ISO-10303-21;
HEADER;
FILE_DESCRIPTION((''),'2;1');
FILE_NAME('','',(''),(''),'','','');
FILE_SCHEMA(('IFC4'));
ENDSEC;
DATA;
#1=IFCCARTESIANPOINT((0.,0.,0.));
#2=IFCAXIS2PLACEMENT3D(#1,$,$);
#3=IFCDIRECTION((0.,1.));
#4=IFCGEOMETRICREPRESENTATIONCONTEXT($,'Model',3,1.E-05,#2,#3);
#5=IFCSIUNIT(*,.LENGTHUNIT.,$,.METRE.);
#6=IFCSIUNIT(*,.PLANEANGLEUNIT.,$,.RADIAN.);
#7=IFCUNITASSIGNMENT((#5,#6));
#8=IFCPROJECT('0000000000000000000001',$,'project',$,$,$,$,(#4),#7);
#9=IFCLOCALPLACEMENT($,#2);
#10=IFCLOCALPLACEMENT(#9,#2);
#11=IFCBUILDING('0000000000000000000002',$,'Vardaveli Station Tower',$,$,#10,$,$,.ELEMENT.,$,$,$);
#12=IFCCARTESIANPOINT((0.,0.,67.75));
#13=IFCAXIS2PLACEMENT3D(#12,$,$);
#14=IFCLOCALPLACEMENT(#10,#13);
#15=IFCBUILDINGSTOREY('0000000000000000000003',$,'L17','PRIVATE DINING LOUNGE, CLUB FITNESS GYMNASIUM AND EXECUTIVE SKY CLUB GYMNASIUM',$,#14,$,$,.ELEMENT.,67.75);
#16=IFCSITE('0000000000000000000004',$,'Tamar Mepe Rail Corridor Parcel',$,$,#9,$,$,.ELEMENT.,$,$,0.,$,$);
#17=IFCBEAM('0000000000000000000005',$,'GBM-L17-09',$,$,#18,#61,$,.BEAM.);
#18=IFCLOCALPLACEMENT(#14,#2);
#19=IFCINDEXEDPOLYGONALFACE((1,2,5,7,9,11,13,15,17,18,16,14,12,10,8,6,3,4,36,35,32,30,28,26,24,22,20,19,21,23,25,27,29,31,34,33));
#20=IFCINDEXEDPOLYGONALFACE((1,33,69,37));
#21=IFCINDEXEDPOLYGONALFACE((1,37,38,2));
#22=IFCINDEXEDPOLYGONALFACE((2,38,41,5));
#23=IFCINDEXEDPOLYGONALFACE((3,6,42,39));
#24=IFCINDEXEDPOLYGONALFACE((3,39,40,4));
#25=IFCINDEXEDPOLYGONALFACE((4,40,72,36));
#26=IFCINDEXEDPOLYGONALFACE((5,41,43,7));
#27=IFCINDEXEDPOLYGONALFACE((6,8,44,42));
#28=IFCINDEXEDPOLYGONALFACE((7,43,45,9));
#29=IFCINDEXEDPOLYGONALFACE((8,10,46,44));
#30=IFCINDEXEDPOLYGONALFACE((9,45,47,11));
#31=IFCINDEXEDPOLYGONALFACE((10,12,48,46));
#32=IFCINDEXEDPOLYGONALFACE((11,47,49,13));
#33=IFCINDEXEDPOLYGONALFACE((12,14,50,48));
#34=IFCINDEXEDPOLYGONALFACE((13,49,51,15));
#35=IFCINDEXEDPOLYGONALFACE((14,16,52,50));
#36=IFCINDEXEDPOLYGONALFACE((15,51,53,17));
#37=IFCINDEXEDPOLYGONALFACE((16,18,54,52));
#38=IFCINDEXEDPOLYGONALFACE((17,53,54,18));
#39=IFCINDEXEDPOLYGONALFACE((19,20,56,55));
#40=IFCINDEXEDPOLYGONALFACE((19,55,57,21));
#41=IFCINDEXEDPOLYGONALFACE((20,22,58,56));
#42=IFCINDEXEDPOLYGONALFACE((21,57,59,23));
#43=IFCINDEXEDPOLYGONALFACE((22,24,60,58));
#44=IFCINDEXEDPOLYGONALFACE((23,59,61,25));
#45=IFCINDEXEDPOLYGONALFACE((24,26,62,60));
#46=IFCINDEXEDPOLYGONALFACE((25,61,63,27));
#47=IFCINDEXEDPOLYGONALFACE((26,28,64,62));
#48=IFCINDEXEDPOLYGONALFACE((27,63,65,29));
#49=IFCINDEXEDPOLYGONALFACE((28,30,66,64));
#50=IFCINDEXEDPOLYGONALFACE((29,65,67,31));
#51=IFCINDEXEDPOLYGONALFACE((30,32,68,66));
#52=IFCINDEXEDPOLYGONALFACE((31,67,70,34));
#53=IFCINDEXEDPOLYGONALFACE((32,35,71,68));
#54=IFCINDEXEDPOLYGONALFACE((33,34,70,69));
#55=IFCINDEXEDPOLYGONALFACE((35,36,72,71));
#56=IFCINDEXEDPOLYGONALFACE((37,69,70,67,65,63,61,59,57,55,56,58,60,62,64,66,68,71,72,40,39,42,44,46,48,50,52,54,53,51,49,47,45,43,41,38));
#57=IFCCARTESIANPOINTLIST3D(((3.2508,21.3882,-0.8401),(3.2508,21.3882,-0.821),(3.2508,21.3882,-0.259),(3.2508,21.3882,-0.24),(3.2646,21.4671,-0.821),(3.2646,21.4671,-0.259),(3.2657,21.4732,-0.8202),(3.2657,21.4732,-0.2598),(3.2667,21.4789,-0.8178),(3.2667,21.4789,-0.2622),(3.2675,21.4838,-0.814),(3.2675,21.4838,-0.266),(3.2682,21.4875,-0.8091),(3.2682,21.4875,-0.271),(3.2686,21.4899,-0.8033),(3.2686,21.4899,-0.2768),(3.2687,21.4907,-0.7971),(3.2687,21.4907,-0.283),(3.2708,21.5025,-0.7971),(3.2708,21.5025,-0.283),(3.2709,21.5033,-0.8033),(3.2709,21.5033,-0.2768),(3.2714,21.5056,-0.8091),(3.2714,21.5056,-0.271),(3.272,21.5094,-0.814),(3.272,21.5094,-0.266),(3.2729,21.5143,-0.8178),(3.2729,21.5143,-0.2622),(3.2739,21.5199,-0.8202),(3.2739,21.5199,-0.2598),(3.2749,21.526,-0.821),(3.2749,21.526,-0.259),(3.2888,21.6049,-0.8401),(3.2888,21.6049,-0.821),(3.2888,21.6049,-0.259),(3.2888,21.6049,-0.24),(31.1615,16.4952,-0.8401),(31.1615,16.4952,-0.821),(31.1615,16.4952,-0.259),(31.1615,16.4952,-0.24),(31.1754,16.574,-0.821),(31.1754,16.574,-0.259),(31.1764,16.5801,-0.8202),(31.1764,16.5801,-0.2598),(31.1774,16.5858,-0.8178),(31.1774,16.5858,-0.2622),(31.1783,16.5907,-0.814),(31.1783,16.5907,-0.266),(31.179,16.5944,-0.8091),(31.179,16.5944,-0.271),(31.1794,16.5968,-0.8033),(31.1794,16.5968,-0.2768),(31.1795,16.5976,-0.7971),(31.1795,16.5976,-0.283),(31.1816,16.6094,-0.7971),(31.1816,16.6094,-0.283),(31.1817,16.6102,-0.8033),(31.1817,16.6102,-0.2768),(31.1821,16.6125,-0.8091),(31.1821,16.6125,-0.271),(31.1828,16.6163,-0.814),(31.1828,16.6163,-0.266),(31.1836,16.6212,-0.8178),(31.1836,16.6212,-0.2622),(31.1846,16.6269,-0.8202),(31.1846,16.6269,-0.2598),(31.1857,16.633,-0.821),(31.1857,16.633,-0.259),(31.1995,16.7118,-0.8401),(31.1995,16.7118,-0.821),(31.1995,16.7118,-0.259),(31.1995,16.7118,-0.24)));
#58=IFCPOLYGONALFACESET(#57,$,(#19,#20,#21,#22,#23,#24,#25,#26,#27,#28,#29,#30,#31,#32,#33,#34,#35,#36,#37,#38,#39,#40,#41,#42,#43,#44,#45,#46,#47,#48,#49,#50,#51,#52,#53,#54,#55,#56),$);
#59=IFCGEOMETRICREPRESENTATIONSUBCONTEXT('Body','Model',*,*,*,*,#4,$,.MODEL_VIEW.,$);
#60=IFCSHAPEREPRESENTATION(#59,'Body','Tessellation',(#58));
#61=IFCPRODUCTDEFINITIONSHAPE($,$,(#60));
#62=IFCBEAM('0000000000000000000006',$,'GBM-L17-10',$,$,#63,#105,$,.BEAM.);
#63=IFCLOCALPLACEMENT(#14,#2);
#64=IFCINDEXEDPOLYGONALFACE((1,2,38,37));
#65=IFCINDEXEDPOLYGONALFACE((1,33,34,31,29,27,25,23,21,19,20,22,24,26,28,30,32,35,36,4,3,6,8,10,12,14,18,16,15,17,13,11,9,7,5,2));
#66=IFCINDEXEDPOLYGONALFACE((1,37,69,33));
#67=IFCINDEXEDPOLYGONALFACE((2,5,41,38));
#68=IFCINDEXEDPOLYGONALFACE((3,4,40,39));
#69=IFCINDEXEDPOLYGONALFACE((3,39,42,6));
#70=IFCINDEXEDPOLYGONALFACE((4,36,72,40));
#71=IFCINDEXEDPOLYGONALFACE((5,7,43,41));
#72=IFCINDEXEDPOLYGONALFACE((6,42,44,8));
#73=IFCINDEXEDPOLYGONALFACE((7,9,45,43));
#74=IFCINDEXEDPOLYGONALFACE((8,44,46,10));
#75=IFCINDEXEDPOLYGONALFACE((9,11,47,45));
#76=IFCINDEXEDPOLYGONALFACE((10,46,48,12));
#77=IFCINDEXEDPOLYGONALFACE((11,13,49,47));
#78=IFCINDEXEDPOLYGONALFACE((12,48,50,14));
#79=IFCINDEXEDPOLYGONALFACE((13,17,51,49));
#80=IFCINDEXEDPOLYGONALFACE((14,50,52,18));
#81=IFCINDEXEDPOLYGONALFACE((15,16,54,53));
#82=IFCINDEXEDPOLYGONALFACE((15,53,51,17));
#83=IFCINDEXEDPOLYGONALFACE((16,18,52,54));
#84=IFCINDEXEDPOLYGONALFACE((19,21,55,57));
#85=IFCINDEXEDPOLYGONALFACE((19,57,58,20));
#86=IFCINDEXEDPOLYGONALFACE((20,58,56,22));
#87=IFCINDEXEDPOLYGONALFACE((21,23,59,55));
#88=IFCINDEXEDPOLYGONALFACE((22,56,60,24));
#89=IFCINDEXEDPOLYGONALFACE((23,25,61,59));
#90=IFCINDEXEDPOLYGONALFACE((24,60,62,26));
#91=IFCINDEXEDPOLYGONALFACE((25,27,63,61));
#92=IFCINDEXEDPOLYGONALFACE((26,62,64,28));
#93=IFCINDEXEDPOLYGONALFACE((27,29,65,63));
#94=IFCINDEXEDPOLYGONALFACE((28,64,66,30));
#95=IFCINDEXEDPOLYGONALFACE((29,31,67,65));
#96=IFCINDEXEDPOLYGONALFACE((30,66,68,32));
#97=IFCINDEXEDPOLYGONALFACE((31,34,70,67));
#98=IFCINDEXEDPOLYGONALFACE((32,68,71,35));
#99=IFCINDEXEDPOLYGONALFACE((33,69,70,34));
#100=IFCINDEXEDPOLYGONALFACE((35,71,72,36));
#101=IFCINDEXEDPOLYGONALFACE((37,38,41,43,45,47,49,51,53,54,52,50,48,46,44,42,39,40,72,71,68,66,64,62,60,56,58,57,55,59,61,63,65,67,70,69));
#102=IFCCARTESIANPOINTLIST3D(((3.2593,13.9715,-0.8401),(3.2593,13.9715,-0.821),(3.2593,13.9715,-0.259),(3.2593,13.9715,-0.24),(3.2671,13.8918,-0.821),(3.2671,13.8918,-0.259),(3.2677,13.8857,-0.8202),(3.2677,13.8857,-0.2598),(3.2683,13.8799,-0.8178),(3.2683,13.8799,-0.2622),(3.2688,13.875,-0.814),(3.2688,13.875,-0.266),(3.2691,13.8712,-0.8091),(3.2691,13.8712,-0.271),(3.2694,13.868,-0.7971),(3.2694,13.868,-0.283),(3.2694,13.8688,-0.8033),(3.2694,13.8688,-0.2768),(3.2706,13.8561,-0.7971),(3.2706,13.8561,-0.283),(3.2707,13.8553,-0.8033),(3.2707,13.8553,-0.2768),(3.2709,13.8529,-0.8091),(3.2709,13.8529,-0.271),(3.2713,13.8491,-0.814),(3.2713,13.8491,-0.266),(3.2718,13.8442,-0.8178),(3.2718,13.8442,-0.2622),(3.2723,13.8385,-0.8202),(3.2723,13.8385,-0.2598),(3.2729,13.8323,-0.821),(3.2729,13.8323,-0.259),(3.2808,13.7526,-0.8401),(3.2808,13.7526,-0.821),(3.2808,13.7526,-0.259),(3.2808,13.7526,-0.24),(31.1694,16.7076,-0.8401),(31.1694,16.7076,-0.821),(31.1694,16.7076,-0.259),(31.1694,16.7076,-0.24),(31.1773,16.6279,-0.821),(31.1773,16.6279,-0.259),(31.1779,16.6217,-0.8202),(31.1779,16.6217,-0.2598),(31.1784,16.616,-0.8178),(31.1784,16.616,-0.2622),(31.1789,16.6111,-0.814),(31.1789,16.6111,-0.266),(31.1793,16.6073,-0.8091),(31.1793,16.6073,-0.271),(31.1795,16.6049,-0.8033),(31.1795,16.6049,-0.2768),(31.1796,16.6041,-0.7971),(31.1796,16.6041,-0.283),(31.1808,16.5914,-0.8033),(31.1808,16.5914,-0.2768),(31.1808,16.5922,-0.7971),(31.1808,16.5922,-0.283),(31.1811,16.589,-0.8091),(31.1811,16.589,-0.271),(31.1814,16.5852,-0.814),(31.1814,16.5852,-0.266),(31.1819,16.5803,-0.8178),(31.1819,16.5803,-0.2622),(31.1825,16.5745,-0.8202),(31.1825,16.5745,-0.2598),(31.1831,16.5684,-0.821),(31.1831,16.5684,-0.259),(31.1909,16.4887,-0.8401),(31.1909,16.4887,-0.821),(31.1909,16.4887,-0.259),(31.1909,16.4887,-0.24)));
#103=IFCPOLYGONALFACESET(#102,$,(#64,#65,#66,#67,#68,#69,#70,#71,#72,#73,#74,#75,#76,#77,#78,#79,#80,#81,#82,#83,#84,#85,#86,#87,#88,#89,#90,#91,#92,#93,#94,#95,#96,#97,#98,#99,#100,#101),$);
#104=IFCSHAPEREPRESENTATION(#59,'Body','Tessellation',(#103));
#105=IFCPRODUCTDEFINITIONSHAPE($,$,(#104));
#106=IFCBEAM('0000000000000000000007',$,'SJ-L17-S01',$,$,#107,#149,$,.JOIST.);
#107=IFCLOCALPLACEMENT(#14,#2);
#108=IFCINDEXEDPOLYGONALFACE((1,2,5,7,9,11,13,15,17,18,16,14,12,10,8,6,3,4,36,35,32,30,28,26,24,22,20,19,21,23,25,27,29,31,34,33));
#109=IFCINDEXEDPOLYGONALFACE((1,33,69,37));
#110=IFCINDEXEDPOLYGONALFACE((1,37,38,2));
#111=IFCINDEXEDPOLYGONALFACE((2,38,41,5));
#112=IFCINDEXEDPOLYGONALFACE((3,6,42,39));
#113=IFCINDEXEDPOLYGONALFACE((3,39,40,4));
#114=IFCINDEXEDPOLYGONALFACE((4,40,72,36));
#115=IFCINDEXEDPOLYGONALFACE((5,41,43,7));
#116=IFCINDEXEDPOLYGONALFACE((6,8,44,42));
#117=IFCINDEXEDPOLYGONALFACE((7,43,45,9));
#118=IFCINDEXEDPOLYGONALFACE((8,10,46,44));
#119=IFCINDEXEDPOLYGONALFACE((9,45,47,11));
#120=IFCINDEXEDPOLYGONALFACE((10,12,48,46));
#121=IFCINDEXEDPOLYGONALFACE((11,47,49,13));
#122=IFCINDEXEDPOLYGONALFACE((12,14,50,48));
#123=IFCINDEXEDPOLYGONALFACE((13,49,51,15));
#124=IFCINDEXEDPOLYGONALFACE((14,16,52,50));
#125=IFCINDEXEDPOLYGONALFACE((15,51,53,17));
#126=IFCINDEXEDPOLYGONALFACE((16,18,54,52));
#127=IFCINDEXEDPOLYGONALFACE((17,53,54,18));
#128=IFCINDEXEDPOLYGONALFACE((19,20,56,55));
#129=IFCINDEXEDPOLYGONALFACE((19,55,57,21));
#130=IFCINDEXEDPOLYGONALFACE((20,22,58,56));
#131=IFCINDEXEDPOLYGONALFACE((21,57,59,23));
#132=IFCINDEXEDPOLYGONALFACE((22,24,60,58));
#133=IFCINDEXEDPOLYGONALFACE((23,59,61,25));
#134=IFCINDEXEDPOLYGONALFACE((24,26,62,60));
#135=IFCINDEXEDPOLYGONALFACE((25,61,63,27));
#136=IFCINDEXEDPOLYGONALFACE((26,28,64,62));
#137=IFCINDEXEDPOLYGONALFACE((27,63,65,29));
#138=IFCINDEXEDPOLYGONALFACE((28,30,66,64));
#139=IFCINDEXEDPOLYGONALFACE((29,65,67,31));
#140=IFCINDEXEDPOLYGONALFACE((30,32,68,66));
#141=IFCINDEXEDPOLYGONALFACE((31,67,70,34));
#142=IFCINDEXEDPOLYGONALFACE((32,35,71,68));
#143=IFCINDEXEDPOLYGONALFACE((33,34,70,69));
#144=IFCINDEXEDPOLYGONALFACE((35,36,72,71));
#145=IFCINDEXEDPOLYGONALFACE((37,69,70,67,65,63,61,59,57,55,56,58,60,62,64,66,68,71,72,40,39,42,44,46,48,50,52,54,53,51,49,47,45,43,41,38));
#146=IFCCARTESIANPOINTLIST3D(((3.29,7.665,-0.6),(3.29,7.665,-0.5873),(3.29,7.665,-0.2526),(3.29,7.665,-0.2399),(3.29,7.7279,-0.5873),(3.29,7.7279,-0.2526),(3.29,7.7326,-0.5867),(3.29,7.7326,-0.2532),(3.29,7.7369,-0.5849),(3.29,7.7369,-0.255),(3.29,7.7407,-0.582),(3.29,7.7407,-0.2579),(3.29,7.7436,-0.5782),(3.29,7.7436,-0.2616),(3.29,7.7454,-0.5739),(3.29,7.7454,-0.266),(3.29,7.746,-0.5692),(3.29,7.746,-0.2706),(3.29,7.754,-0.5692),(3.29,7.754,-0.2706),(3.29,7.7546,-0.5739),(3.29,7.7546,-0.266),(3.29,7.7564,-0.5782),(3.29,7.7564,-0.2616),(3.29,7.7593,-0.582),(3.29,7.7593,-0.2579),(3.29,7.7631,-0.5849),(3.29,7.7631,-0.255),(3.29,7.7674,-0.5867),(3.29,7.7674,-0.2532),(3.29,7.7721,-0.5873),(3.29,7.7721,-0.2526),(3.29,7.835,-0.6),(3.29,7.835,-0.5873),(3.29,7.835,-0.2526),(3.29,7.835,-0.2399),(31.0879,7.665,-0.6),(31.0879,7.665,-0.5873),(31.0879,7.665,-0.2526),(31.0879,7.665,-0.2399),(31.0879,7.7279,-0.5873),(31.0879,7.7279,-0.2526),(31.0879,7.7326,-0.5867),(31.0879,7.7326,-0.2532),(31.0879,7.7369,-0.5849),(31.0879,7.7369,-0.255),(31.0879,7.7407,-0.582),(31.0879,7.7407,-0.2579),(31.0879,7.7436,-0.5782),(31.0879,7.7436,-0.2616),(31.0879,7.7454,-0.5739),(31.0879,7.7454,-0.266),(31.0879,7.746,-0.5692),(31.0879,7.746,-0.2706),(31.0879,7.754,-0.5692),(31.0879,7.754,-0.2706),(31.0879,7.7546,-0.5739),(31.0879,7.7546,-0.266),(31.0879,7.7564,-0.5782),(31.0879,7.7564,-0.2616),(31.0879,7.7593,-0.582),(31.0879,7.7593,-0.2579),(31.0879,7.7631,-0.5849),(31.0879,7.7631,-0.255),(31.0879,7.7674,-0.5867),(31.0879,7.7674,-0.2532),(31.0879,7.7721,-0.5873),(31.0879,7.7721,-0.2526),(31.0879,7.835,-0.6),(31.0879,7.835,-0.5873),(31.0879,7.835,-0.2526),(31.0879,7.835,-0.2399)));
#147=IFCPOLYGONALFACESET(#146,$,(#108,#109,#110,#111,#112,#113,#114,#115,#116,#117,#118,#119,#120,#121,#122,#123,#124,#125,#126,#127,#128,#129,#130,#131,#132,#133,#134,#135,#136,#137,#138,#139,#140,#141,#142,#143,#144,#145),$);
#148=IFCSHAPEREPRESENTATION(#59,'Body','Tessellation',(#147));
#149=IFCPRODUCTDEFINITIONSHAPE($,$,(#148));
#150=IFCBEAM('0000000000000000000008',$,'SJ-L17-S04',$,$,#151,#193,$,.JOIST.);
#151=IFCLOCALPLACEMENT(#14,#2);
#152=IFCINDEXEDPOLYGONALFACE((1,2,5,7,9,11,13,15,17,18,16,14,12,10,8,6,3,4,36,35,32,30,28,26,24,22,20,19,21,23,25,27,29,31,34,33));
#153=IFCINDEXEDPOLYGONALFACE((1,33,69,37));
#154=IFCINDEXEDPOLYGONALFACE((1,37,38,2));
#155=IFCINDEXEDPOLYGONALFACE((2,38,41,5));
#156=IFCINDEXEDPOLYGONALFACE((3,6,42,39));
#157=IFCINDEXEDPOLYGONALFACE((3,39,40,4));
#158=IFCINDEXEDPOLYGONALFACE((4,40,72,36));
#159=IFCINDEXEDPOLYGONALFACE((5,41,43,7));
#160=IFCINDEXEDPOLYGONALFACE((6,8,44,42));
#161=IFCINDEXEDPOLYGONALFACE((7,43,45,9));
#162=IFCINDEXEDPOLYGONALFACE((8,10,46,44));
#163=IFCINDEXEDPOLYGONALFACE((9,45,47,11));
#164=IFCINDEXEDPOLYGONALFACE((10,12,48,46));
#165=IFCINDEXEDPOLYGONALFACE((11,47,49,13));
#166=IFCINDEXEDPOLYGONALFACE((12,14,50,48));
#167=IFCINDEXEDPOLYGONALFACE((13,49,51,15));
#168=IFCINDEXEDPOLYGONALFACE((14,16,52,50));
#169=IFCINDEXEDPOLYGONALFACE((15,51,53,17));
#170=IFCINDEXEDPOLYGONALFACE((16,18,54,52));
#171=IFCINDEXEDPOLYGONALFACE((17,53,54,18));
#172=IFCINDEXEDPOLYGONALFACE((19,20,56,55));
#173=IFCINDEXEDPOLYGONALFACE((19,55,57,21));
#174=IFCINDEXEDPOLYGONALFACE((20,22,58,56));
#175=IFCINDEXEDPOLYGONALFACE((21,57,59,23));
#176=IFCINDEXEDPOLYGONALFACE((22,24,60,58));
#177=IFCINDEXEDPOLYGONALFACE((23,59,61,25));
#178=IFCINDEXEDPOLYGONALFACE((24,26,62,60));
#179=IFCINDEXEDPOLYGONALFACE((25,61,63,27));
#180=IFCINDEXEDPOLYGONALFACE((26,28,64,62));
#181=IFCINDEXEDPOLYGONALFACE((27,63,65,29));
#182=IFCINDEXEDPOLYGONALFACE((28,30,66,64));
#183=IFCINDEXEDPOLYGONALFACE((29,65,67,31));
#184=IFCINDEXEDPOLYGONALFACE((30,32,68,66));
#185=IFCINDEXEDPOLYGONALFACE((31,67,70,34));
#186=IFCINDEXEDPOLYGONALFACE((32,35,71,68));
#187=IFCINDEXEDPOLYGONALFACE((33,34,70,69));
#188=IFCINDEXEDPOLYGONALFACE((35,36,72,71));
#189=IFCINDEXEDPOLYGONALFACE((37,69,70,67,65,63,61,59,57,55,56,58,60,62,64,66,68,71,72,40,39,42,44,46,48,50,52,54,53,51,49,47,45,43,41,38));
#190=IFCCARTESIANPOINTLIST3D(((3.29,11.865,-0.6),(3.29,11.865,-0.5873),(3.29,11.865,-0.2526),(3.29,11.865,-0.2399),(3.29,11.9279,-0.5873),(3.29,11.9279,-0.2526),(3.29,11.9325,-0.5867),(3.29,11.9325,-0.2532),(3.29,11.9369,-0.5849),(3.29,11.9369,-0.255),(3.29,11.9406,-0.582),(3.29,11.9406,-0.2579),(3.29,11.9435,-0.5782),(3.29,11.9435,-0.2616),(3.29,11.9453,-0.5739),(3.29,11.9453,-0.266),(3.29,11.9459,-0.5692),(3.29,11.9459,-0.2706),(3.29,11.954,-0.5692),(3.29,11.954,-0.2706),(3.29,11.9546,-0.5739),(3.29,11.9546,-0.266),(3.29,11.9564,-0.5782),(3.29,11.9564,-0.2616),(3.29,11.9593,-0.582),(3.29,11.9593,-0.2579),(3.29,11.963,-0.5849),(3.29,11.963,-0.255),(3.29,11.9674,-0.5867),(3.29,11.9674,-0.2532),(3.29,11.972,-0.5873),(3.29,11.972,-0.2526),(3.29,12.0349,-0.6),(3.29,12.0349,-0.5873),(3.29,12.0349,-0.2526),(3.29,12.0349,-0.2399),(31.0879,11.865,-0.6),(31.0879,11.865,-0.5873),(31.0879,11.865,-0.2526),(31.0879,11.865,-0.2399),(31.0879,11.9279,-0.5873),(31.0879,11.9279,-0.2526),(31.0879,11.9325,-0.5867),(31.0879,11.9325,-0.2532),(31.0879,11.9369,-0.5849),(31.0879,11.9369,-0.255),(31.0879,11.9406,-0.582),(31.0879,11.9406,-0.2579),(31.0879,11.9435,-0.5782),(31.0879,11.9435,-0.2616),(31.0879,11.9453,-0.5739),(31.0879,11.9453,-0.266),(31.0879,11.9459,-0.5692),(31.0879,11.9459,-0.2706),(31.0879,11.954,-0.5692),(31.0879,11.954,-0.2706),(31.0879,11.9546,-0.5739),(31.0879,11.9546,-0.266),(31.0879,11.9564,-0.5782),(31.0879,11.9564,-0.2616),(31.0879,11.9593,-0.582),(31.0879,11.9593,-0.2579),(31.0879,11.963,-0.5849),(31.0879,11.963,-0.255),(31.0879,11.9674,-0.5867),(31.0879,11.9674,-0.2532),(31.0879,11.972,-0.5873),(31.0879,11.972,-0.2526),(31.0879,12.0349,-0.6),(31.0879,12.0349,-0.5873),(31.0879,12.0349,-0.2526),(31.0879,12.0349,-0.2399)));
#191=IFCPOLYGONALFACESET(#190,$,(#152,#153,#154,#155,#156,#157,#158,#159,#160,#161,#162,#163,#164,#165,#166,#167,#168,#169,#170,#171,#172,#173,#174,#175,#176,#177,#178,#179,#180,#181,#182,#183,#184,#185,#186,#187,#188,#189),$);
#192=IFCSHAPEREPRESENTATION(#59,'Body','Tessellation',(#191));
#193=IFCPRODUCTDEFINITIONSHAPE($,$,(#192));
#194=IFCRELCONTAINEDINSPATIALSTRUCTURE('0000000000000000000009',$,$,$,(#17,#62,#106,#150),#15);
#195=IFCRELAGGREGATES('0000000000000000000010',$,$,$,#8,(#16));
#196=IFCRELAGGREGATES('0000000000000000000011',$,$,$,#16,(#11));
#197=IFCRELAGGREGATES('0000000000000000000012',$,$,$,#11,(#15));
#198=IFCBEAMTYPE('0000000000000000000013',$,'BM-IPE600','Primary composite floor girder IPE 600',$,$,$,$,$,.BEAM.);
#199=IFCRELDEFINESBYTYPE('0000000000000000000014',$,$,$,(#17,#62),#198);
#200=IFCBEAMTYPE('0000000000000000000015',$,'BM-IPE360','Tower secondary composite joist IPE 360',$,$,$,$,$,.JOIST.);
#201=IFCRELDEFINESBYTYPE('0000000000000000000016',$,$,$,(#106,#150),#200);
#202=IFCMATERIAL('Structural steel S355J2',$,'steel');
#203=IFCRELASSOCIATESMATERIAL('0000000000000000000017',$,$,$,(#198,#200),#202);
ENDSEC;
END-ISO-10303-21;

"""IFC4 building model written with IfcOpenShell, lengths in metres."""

from ifc_helpers import new_model, si_unit, direction, frame, origin, origin_2d, place, context, subcontext, project, spatial, i_section, extrude, source, transform, mapped, material, material_profile, profile_set, type_object, element, save


model = new_model("IFC4")

# Units and contexts
model_context = context("Model", 3, precision=1e-05, world=origin(), true_north=direction((0.0, 1.0)))
body_context = subcontext(model_context, "Body", "Model", "MODEL_VIEW")
ifc_project = project(units=[si_unit("LENGTHUNIT", "METRE"), si_unit("PLANEANGLEUNIT", "RADIAN")], contexts=[model_context])

# Site, building, storey
site_placement = place(None, origin())
site = spatial("IfcSite", under=ifc_project, at=site_placement, Name="Tamar Mepe Rail Corridor Parcel", CompositionType="ELEMENT", RefElevation=0.0)
building_placement = place(site_placement, origin())
building = spatial("IfcBuilding", under=site, at=building_placement, Name="Vardaveli Station Tower", CompositionType="ELEMENT")
storey_placement = place(building_placement, frame((0.0, 0.0, 67.75)))
storey = spatial("IfcBuildingStorey", under=building, at=storey_placement, Name="L17", Description="PRIVATE DINING LOUNGE, CLUB FITNESS GYMNASIUM AND EXECUTIVE SKY CLUB GYMNASIUM", CompositionType="ELEMENT", Elevation=67.75)

# Beams
ifc_material_1 = material(Name="Structural steel S355J2", Category="steel")
ifc_material_profile_1 = material_profile(ifc_material_1, i_section(OverallWidth=0.22, OverallDepth=0.6001, WebThickness=0.012, FlangeThickness=0.019, FilletRadius=0.0239, at=origin_2d()), Name="IPE 600")
ifc_profile_set_1 = profile_set([ifc_material_profile_1], Name="Structural steel S355J2")
beam_type_1 = type_object("IfcBeamType", Name="BM-IPE600", Description="Primary composite floor girder IPE 600", PredefinedType="BEAM", material=ifc_profile_set_1)
shared_shape_1 = source(origin(), body_context, "Body", "SweptSolid", [
    extrude(i_section(OverallWidth=0.22, OverallDepth=0.6001, WebThickness=0.012, FlangeThickness=0.019, FilletRadius=0.0239, at=origin_2d()), origin(), (0.0, 0.0, 1.0), 28.3364),
])
beam_1_placement = place(storey_placement, frame((3.2698, 21.4966, -0.54), z_axis=(0.984978, -0.172678, 0.0), x_axis=(0.172678, 0.984978, 0.0)))
element("IfcBeam", 1, at=beam_1_placement, inside=storey, type_object=beam_type_1, Name="GBM-L17-09", PredefinedType="BEAM", context=body_context, shape_type="MappedRepresentation", body=[
    mapped(shared_shape_1, transform((0.0, 0.0, 0.0), scale=1.0)),
])
shared_shape_2 = source(origin(), body_context, "Body", "SweptSolid", [
    extrude(i_section(OverallWidth=0.22, OverallDepth=0.6001, WebThickness=0.012, FlangeThickness=0.019, FilletRadius=0.0239, at=origin_2d()), origin(), (0.0, 0.0, 1.0), 28.0439),
])
beam_2_placement = place(storey_placement, frame((3.27, 13.8621, -0.54), z_axis=(0.995229, 0.097564, 0.0), x_axis=(-0.097564, 0.995229, 0.0)))
element("IfcBeam", 2, at=beam_2_placement, inside=storey, type_object=beam_type_1, Name="GBM-L17-10", PredefinedType="BEAM", context=body_context, shape_type="MappedRepresentation", body=[
    mapped(shared_shape_2, transform((0.0, 0.0, 0.0), scale=1.0)),
])
ifc_material_profile_2 = material_profile(ifc_material_1, i_section(OverallWidth=0.1699, OverallDepth=0.3601, WebThickness=0.0081, FlangeThickness=0.0127, FilletRadius=0.0181, at=origin_2d()), Name="IPE 360")
ifc_profile_set_2 = profile_set([ifc_material_profile_2], Name="Structural steel S355J2")
beam_type_2 = type_object("IfcBeamType", Name="BM-IPE360", Description="Tower secondary composite joist IPE 360", PredefinedType="JOIST", material=ifc_profile_set_2)
shared_shape_3 = source(origin(), body_context, "Body", "SweptSolid", [
    extrude(i_section(OverallWidth=0.1699, OverallDepth=0.3601, WebThickness=0.0081, FlangeThickness=0.0127, FilletRadius=0.0181, at=origin_2d()), origin(), (0.0, 0.0, 1.0), 27.7979),
])
for number, where, z_axis, x_axis, name in (
    (3, (3.29, 7.75, -0.4199), (1.0, 0.0, 0.0), (0.0, 1.0, 0.0), "SJ-L17-S01"),
    (4, (3.29, 11.95, -0.4199), (1.0, 0.0, 0.0), (0.0, 1.0, 0.0), "SJ-L17-S04"),
):
    element("IfcBeam", number, at=place(storey_placement, frame(where, z_axis=z_axis, x_axis=x_axis)), inside=storey, type_object=beam_type_2, Name=name, PredefinedType="JOIST", context=body_context, shape_type="MappedRepresentation", body=[
        mapped(shared_shape_3, transform((0.0, 0.0, 0.0), scale=1.0)),
    ])

save(model, "model.ifc")
